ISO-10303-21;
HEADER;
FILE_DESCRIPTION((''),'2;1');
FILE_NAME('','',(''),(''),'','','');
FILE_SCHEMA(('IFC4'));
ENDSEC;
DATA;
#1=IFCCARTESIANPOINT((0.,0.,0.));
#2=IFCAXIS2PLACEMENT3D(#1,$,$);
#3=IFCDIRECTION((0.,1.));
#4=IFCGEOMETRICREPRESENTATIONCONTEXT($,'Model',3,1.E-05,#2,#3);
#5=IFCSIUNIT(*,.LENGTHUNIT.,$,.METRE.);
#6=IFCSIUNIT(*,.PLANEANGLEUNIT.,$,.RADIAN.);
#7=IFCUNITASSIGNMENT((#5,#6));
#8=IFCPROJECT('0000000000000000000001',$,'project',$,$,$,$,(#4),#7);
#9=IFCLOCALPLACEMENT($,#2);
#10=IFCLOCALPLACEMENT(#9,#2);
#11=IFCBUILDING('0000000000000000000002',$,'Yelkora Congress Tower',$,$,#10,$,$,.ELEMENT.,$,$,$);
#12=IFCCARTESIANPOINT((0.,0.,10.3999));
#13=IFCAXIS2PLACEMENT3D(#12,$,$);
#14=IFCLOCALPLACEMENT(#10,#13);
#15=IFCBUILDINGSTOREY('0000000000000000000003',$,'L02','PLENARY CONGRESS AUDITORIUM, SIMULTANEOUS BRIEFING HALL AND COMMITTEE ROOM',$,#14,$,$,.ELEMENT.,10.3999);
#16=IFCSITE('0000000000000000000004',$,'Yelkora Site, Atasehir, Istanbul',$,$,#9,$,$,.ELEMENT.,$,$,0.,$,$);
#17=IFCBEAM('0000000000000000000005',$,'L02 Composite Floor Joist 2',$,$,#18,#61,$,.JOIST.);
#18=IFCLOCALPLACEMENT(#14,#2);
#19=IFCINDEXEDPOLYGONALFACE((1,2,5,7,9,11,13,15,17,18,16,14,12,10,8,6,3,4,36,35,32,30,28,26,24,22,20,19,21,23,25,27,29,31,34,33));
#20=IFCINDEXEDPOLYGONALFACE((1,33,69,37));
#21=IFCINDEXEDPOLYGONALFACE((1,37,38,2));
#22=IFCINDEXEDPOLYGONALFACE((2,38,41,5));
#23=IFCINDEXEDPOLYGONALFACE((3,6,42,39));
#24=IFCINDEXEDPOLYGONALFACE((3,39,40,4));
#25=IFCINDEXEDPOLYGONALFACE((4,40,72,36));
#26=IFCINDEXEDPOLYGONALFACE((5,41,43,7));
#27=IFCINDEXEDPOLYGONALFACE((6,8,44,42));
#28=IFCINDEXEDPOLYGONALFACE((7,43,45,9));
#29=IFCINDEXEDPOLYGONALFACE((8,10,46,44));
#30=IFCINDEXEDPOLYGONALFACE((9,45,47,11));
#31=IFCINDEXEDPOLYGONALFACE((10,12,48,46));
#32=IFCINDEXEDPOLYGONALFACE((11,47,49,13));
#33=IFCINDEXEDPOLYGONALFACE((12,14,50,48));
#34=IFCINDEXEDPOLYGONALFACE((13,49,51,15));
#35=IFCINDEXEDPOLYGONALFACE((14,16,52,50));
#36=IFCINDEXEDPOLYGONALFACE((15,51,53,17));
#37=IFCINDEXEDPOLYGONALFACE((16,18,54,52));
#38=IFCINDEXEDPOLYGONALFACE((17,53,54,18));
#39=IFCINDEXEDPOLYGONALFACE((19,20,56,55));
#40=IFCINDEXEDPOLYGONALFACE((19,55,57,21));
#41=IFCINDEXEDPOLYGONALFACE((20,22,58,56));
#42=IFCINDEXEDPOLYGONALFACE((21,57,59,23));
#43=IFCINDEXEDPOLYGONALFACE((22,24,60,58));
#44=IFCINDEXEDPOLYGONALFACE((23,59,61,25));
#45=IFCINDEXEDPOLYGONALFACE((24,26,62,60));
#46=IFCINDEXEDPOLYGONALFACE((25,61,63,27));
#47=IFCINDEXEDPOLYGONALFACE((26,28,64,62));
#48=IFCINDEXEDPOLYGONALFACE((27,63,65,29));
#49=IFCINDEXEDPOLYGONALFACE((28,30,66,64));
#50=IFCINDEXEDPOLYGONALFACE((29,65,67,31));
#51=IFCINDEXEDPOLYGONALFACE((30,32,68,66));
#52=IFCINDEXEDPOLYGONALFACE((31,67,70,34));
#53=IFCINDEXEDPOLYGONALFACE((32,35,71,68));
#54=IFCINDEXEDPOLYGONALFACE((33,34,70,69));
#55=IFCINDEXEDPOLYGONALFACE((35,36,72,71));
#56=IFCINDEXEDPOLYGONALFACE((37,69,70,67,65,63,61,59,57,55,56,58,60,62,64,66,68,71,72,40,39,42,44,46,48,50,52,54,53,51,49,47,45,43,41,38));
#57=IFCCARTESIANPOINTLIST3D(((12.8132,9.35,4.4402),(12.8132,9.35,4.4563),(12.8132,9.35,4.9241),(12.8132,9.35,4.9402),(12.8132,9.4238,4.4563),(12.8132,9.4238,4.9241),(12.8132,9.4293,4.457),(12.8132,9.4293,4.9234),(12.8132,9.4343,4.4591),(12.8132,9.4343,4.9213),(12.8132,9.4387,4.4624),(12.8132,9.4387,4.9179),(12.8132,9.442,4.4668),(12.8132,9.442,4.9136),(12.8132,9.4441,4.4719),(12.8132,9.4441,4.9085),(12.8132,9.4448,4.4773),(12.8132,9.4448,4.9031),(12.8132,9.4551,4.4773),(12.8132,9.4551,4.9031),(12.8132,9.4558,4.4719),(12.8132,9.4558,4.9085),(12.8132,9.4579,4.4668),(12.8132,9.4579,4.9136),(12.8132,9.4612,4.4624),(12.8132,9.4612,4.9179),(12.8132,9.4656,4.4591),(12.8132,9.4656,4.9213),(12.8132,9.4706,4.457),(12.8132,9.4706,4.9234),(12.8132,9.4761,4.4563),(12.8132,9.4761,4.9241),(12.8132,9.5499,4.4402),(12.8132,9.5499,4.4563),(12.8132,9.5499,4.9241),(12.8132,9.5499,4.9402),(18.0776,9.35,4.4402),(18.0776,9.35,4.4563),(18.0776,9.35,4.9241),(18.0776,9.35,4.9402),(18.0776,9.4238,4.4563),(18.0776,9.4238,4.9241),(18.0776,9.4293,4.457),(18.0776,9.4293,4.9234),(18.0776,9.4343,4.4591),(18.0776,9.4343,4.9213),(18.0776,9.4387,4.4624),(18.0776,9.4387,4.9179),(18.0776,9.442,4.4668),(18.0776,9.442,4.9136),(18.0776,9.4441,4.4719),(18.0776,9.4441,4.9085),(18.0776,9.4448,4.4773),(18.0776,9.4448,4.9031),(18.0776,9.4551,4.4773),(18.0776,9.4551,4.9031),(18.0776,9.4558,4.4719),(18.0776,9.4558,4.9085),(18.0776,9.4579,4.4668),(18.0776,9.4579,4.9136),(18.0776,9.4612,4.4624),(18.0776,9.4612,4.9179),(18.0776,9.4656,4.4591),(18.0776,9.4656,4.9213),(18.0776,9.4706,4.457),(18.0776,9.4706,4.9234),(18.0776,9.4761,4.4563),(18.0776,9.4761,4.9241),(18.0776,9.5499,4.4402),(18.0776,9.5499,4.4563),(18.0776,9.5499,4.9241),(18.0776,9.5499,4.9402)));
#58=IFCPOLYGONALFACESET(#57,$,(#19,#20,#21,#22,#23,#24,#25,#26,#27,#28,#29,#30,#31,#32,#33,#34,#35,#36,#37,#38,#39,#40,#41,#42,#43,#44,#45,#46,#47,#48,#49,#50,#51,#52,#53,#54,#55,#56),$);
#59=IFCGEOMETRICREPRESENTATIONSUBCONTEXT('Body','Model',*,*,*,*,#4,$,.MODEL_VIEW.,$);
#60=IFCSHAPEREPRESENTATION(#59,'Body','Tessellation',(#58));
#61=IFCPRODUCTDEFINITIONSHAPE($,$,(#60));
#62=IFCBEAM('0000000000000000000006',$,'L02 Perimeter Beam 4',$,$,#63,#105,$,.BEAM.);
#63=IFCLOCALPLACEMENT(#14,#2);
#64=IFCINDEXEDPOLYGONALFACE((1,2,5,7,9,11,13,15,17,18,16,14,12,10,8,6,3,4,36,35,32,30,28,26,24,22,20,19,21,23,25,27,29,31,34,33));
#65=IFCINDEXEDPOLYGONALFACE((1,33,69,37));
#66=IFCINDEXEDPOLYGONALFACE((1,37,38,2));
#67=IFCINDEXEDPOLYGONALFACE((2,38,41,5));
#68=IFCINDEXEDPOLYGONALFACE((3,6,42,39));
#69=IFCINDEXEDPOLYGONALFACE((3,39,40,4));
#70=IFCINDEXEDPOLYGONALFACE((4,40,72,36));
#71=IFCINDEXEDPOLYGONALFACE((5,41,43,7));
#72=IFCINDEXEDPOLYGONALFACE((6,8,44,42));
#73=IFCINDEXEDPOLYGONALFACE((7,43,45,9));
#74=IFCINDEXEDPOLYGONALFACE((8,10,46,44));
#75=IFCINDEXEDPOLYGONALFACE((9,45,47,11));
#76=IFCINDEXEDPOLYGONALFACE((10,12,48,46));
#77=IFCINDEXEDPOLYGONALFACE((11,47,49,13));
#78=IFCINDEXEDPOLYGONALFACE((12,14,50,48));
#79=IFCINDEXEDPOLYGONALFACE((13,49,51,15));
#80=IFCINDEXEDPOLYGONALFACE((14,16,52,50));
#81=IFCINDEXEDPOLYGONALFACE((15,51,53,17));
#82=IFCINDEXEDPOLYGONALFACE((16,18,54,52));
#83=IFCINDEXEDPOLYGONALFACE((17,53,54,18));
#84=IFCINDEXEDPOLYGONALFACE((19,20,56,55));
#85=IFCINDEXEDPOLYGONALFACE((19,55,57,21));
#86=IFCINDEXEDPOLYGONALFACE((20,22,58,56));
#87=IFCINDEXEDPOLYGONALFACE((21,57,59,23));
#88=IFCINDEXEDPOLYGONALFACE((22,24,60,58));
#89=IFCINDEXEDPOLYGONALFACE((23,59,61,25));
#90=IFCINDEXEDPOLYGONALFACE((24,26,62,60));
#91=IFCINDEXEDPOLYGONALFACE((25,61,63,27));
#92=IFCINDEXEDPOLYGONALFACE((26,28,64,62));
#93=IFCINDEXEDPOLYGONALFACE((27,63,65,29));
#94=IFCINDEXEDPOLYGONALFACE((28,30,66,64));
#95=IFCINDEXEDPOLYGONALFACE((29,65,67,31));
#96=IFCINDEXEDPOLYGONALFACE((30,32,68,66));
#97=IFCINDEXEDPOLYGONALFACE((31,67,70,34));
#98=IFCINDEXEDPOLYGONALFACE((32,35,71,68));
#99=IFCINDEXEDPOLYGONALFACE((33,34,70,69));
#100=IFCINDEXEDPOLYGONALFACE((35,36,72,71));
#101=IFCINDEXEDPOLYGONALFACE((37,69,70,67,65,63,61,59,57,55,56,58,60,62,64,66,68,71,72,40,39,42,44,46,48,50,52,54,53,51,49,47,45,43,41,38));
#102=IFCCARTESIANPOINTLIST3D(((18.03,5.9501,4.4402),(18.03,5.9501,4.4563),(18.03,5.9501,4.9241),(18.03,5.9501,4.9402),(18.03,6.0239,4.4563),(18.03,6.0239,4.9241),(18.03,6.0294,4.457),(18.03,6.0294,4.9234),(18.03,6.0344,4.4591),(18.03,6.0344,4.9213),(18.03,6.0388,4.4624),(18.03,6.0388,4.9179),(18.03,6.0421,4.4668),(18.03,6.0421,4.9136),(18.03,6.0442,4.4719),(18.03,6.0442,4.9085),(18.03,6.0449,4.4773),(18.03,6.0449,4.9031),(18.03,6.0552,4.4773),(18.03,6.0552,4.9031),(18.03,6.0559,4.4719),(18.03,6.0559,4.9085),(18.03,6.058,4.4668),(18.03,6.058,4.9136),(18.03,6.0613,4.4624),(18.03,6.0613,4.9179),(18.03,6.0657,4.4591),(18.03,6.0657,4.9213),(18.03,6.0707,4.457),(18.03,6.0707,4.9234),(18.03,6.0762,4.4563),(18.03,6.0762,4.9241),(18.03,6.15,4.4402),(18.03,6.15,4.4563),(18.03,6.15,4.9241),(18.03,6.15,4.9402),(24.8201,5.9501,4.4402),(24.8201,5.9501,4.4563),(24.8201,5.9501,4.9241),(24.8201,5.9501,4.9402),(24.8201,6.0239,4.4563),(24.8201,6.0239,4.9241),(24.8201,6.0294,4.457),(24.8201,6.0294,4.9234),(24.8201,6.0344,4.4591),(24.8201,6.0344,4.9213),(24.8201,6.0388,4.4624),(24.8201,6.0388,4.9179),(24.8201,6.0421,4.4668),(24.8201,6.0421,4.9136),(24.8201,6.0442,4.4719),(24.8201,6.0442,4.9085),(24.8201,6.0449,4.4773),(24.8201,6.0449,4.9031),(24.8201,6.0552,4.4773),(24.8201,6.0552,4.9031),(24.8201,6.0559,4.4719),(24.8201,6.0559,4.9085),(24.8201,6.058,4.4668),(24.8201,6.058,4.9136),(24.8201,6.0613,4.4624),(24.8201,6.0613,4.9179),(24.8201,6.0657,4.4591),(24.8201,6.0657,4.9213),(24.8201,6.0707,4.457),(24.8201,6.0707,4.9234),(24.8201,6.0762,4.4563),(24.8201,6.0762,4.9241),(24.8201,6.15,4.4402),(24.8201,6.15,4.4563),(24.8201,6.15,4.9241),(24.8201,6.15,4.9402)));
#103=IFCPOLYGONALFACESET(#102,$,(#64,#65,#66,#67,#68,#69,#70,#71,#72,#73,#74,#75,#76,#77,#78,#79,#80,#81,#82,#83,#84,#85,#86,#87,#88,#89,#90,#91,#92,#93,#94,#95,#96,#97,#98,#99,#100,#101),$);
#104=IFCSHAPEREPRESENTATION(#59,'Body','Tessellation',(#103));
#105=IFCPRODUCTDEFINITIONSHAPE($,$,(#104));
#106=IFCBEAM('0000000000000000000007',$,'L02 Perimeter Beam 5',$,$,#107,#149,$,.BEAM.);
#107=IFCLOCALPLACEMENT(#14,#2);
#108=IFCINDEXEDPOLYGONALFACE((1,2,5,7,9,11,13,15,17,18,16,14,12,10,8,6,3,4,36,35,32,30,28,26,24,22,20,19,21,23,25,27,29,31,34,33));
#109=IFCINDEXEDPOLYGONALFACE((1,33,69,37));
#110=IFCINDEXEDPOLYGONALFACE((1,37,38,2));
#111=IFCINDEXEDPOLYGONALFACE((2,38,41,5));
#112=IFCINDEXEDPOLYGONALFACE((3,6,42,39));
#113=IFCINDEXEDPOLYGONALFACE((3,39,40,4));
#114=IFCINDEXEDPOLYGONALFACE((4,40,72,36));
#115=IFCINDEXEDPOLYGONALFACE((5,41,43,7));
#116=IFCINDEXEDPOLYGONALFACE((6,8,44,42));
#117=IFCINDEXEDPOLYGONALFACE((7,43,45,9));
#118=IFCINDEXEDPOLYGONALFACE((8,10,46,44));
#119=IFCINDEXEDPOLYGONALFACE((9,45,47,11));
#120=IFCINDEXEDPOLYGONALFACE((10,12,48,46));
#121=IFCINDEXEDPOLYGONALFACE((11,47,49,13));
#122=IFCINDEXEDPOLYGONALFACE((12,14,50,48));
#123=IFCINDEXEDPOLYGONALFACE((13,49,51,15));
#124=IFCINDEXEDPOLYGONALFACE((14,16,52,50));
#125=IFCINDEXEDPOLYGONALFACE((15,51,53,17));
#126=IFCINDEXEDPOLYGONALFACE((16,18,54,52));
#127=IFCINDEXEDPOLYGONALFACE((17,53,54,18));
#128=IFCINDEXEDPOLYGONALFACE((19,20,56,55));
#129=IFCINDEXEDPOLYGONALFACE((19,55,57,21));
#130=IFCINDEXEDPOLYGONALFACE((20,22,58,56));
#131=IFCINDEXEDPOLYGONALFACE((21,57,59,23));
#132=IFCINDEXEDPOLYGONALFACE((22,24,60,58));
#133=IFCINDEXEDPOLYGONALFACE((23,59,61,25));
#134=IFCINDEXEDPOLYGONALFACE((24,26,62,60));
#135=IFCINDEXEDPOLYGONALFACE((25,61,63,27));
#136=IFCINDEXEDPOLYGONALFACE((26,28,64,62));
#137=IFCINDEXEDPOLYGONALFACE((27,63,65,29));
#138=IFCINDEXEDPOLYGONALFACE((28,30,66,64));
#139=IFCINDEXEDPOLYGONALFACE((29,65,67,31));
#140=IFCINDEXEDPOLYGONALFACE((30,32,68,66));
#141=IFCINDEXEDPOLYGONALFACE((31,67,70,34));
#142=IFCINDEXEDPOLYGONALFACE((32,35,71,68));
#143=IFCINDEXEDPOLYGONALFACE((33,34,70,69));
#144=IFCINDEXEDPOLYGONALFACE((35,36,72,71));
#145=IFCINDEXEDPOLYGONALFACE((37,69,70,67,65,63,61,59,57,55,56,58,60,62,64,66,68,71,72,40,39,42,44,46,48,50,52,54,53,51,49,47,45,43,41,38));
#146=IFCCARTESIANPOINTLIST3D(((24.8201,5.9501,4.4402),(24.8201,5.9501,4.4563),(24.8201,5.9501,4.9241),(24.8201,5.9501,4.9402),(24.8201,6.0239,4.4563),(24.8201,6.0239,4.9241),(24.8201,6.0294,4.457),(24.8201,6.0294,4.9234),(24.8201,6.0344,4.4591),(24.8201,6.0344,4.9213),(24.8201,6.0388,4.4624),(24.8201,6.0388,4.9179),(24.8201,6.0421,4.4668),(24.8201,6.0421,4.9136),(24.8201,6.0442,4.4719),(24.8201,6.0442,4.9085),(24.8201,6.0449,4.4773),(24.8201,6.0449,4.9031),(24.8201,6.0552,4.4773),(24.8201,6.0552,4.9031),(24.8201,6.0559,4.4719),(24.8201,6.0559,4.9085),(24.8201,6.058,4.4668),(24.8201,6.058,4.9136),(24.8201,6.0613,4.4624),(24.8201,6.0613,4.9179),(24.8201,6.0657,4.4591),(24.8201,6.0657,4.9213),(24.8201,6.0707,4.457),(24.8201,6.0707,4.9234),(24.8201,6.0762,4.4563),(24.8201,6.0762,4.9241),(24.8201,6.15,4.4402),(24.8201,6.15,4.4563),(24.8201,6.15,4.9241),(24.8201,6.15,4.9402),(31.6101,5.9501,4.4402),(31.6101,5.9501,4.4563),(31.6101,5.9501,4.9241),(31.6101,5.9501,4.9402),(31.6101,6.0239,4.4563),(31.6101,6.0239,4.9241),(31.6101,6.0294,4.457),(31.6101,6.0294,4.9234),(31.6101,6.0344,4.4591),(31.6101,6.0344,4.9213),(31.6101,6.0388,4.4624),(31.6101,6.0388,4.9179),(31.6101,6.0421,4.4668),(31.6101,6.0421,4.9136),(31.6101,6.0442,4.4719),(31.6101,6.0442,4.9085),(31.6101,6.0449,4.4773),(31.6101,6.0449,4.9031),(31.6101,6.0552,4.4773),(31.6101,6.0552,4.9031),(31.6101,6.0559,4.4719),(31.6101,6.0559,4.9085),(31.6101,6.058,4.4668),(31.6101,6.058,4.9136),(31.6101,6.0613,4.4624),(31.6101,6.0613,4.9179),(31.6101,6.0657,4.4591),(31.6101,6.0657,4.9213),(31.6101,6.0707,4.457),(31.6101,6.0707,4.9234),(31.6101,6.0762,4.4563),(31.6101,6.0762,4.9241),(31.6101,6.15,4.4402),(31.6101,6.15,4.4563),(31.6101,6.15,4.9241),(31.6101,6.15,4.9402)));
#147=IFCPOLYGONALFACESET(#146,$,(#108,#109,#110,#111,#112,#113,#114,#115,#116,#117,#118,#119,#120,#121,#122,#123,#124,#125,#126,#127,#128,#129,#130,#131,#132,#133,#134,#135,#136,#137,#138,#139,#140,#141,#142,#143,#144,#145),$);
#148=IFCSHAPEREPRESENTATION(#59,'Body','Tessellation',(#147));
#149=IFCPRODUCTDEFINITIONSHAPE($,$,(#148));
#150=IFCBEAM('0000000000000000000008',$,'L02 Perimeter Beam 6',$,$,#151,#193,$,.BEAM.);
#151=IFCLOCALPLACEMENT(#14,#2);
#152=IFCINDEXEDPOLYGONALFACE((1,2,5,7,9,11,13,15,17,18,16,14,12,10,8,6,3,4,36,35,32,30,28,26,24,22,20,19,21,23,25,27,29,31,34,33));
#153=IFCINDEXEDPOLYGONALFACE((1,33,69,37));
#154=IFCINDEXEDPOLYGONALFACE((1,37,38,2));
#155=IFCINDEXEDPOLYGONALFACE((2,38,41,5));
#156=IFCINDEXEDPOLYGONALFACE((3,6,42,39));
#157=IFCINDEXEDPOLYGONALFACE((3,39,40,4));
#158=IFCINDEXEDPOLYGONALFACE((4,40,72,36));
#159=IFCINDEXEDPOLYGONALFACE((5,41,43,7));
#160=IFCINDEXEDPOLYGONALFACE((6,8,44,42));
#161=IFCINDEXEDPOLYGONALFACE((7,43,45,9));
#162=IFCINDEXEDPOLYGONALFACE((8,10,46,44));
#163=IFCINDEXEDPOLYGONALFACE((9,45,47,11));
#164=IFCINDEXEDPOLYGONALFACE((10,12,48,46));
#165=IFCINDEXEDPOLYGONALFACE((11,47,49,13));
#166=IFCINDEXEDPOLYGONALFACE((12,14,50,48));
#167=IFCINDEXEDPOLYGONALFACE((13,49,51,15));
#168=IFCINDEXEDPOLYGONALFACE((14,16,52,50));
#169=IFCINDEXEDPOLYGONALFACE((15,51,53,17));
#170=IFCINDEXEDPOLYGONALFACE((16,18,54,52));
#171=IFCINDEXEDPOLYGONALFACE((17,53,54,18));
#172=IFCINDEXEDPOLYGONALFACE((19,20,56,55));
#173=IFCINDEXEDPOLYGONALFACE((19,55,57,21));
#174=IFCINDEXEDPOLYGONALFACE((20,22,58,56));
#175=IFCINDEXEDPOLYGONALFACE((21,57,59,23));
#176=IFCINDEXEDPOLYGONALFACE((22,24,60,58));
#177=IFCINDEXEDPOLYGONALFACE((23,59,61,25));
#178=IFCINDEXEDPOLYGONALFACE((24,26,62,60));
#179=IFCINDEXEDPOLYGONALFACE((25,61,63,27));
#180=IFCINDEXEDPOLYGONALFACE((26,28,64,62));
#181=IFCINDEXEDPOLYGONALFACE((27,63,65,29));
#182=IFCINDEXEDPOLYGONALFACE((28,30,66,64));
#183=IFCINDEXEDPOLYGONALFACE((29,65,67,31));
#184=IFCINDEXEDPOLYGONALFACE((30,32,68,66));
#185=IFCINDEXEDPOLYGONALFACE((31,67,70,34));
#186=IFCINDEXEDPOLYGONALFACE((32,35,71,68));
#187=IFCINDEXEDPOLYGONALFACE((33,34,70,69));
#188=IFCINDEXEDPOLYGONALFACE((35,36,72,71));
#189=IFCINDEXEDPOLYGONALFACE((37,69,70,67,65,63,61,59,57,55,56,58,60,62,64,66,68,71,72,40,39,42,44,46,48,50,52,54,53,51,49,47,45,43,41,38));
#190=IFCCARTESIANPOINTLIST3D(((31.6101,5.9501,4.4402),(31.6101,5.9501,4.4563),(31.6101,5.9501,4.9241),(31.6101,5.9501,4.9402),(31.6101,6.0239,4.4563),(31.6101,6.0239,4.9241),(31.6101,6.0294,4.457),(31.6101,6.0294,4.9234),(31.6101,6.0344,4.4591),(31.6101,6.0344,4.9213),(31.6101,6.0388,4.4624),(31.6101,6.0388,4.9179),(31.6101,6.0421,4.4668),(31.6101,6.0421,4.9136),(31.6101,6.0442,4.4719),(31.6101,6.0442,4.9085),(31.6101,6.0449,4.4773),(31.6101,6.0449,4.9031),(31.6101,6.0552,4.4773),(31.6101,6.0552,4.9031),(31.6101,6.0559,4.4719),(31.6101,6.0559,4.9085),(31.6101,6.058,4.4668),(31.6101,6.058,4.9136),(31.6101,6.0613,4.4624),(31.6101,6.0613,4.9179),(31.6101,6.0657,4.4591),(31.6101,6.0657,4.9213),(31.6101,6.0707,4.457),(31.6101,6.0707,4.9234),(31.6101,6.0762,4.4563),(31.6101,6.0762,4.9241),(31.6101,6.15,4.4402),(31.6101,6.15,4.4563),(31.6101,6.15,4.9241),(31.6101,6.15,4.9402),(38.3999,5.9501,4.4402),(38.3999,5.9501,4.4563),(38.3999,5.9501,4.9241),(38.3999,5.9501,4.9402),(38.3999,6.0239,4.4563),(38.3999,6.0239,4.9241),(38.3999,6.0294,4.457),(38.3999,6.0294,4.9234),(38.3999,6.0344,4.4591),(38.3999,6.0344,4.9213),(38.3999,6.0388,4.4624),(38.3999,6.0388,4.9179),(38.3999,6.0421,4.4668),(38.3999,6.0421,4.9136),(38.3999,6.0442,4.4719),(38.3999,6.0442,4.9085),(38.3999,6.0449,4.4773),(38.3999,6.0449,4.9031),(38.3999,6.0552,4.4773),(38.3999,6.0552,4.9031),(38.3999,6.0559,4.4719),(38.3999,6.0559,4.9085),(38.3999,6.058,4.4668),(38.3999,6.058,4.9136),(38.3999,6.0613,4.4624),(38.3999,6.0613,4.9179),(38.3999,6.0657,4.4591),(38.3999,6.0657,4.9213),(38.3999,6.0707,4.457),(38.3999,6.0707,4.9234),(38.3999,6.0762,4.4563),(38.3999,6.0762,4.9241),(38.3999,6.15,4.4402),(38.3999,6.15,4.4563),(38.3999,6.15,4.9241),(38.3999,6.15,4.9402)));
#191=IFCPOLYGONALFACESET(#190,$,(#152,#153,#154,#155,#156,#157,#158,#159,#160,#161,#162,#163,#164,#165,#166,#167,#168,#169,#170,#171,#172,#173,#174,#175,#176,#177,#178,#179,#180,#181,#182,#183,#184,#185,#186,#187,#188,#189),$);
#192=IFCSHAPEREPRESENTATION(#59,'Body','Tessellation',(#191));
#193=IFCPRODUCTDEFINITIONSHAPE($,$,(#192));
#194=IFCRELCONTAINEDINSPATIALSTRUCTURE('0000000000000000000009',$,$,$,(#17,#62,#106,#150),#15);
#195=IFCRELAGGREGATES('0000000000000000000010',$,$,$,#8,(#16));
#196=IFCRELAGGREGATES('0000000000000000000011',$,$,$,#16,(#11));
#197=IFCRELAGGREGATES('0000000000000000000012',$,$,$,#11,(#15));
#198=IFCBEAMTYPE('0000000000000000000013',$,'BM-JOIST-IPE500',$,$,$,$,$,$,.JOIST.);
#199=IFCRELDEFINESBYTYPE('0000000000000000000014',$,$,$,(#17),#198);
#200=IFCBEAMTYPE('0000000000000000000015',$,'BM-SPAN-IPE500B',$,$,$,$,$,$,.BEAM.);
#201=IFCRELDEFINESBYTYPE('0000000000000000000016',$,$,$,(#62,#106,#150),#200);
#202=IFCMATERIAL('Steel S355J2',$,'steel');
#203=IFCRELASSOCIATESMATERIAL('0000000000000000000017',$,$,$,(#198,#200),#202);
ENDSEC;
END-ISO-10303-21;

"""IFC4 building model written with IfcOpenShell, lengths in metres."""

from ifc_helpers import new_model, si_unit, direction, frame, origin, origin_2d, place, context, subcontext, project, spatial, i_section, extrude, material, material_profile, profile_set, type_object, element, save


model = new_model("IFC4")

# Units and contexts
model_context = context("Model", 3, precision=1e-05, world=origin(), true_north=direction((0.0, 1.0)))
body_context = subcontext(model_context, "Body", "Model", "MODEL_VIEW")
ifc_project = project(units=[si_unit("LENGTHUNIT", "METRE"), si_unit("PLANEANGLEUNIT", "RADIAN")], contexts=[model_context])

# Site, building, storey
site_placement = place(None, origin())
site = spatial("IfcSite", under=ifc_project, at=site_placement, Name="Yelkora Site, Atasehir, Istanbul", CompositionType="ELEMENT", RefElevation=0.0)
building_placement = place(site_placement, origin())
building = spatial("IfcBuilding", under=site, at=building_placement, Name="Yelkora Congress Tower", CompositionType="ELEMENT")
storey_placement = place(building_placement, frame((0.0, 0.0, 10.3999)))
storey = spatial("IfcBuildingStorey", under=building, at=storey_placement, Name="L02", Description="PLENARY CONGRESS AUDITORIUM, SIMULTANEOUS BRIEFING HALL AND COMMITTEE ROOM", CompositionType="ELEMENT", Elevation=10.3999)

# Beams
ifc_material_1 = material(Name="Steel S355J2", Category="steel")
ifc_material_profile_1 = material_profile(ifc_material_1, i_section(OverallWidth=0.2, OverallDepth=0.5, WebThickness=0.0103, FlangeThickness=0.0161, FilletRadius=0.021, at=origin_2d()), Name="IPE 500")
ifc_profile_set_1 = profile_set([ifc_material_profile_1], Name="Steel S355J2")
beam_type_1 = type_object("IfcBeamType", Name="BM-JOIST-IPE500", PredefinedType="JOIST", material=ifc_profile_set_1)
beam_1_placement = place(storey_placement, frame((12.8132, 9.45, 4.6902), z_axis=(1.0, 0.0, 0.0), x_axis=(0.0, 1.0, 0.0)))
element("IfcBeam", 1, at=beam_1_placement, inside=storey, type_object=beam_type_1, Name="L02 Composite Floor Joist 2", PredefinedType="JOIST", context=body_context, shape_type="SweptSolid", body=[
    extrude(i_section(OverallWidth=0.2, OverallDepth=0.5, WebThickness=0.0103, FlangeThickness=0.0161, FilletRadius=0.021, at=origin_2d()), origin(), (0.0, 0.0, 1.0), 5.2644),
])
ifc_material_profile_2 = material_profile(ifc_material_1, i_section(OverallWidth=0.2, OverallDepth=0.5, WebThickness=0.0103, FlangeThickness=0.0161, FilletRadius=0.021, at=origin_2d()), Name="IPE 500")
ifc_profile_set_2 = profile_set([ifc_material_profile_2], Name="Steel S355J2")
beam_type_2 = type_object("IfcBeamType", Name="BM-SPAN-IPE500B", PredefinedType="BEAM", material=ifc_profile_set_2)
for number, where, z_axis, x_axis, name in (
    (2, (18.03, 6.05, 4.6902), (1.0, 0.0, 0.0), (0.0, 1.0, 0.0), "L02 Perimeter Beam 4"),
    (3, (24.8201, 6.05, 4.6902), (1.0, 0.0, 0.0), (0.0, 1.0, 0.0), "L02 Perimeter Beam 5"),
):
    element("IfcBeam", number, at=place(storey_placement, frame(where, z_axis=z_axis, x_axis=x_axis)), inside=storey, type_object=beam_type_2, Name=name, PredefinedType="BEAM", context=body_context, shape_type="SweptSolid", body=[
        extrude(i_section(OverallWidth=0.2, OverallDepth=0.5, WebThickness=0.0103, FlangeThickness=0.0161, FilletRadius=0.021, at=origin_2d()), origin(), (0.0, 0.0, 1.0), 6.79),
    ])
beam_2_placement = place(storey_placement, frame((31.6101, 6.05, 4.6902), z_axis=(1.0, 0.0, 0.0), x_axis=(0.0, 1.0, 0.0)))
element("IfcBeam", 4, at=beam_2_placement, inside=storey, type_object=beam_type_2, Name="L02 Perimeter Beam 6", PredefinedType="BEAM", context=body_context, shape_type="SweptSolid", body=[
    extrude(i_section(OverallWidth=0.2, OverallDepth=0.5, WebThickness=0.0103, FlangeThickness=0.0161, FilletRadius=0.021, at=origin_2d()), origin(), (0.0, 0.0, 1.0), 6.7898),
])

save(model, "model.ifc")
